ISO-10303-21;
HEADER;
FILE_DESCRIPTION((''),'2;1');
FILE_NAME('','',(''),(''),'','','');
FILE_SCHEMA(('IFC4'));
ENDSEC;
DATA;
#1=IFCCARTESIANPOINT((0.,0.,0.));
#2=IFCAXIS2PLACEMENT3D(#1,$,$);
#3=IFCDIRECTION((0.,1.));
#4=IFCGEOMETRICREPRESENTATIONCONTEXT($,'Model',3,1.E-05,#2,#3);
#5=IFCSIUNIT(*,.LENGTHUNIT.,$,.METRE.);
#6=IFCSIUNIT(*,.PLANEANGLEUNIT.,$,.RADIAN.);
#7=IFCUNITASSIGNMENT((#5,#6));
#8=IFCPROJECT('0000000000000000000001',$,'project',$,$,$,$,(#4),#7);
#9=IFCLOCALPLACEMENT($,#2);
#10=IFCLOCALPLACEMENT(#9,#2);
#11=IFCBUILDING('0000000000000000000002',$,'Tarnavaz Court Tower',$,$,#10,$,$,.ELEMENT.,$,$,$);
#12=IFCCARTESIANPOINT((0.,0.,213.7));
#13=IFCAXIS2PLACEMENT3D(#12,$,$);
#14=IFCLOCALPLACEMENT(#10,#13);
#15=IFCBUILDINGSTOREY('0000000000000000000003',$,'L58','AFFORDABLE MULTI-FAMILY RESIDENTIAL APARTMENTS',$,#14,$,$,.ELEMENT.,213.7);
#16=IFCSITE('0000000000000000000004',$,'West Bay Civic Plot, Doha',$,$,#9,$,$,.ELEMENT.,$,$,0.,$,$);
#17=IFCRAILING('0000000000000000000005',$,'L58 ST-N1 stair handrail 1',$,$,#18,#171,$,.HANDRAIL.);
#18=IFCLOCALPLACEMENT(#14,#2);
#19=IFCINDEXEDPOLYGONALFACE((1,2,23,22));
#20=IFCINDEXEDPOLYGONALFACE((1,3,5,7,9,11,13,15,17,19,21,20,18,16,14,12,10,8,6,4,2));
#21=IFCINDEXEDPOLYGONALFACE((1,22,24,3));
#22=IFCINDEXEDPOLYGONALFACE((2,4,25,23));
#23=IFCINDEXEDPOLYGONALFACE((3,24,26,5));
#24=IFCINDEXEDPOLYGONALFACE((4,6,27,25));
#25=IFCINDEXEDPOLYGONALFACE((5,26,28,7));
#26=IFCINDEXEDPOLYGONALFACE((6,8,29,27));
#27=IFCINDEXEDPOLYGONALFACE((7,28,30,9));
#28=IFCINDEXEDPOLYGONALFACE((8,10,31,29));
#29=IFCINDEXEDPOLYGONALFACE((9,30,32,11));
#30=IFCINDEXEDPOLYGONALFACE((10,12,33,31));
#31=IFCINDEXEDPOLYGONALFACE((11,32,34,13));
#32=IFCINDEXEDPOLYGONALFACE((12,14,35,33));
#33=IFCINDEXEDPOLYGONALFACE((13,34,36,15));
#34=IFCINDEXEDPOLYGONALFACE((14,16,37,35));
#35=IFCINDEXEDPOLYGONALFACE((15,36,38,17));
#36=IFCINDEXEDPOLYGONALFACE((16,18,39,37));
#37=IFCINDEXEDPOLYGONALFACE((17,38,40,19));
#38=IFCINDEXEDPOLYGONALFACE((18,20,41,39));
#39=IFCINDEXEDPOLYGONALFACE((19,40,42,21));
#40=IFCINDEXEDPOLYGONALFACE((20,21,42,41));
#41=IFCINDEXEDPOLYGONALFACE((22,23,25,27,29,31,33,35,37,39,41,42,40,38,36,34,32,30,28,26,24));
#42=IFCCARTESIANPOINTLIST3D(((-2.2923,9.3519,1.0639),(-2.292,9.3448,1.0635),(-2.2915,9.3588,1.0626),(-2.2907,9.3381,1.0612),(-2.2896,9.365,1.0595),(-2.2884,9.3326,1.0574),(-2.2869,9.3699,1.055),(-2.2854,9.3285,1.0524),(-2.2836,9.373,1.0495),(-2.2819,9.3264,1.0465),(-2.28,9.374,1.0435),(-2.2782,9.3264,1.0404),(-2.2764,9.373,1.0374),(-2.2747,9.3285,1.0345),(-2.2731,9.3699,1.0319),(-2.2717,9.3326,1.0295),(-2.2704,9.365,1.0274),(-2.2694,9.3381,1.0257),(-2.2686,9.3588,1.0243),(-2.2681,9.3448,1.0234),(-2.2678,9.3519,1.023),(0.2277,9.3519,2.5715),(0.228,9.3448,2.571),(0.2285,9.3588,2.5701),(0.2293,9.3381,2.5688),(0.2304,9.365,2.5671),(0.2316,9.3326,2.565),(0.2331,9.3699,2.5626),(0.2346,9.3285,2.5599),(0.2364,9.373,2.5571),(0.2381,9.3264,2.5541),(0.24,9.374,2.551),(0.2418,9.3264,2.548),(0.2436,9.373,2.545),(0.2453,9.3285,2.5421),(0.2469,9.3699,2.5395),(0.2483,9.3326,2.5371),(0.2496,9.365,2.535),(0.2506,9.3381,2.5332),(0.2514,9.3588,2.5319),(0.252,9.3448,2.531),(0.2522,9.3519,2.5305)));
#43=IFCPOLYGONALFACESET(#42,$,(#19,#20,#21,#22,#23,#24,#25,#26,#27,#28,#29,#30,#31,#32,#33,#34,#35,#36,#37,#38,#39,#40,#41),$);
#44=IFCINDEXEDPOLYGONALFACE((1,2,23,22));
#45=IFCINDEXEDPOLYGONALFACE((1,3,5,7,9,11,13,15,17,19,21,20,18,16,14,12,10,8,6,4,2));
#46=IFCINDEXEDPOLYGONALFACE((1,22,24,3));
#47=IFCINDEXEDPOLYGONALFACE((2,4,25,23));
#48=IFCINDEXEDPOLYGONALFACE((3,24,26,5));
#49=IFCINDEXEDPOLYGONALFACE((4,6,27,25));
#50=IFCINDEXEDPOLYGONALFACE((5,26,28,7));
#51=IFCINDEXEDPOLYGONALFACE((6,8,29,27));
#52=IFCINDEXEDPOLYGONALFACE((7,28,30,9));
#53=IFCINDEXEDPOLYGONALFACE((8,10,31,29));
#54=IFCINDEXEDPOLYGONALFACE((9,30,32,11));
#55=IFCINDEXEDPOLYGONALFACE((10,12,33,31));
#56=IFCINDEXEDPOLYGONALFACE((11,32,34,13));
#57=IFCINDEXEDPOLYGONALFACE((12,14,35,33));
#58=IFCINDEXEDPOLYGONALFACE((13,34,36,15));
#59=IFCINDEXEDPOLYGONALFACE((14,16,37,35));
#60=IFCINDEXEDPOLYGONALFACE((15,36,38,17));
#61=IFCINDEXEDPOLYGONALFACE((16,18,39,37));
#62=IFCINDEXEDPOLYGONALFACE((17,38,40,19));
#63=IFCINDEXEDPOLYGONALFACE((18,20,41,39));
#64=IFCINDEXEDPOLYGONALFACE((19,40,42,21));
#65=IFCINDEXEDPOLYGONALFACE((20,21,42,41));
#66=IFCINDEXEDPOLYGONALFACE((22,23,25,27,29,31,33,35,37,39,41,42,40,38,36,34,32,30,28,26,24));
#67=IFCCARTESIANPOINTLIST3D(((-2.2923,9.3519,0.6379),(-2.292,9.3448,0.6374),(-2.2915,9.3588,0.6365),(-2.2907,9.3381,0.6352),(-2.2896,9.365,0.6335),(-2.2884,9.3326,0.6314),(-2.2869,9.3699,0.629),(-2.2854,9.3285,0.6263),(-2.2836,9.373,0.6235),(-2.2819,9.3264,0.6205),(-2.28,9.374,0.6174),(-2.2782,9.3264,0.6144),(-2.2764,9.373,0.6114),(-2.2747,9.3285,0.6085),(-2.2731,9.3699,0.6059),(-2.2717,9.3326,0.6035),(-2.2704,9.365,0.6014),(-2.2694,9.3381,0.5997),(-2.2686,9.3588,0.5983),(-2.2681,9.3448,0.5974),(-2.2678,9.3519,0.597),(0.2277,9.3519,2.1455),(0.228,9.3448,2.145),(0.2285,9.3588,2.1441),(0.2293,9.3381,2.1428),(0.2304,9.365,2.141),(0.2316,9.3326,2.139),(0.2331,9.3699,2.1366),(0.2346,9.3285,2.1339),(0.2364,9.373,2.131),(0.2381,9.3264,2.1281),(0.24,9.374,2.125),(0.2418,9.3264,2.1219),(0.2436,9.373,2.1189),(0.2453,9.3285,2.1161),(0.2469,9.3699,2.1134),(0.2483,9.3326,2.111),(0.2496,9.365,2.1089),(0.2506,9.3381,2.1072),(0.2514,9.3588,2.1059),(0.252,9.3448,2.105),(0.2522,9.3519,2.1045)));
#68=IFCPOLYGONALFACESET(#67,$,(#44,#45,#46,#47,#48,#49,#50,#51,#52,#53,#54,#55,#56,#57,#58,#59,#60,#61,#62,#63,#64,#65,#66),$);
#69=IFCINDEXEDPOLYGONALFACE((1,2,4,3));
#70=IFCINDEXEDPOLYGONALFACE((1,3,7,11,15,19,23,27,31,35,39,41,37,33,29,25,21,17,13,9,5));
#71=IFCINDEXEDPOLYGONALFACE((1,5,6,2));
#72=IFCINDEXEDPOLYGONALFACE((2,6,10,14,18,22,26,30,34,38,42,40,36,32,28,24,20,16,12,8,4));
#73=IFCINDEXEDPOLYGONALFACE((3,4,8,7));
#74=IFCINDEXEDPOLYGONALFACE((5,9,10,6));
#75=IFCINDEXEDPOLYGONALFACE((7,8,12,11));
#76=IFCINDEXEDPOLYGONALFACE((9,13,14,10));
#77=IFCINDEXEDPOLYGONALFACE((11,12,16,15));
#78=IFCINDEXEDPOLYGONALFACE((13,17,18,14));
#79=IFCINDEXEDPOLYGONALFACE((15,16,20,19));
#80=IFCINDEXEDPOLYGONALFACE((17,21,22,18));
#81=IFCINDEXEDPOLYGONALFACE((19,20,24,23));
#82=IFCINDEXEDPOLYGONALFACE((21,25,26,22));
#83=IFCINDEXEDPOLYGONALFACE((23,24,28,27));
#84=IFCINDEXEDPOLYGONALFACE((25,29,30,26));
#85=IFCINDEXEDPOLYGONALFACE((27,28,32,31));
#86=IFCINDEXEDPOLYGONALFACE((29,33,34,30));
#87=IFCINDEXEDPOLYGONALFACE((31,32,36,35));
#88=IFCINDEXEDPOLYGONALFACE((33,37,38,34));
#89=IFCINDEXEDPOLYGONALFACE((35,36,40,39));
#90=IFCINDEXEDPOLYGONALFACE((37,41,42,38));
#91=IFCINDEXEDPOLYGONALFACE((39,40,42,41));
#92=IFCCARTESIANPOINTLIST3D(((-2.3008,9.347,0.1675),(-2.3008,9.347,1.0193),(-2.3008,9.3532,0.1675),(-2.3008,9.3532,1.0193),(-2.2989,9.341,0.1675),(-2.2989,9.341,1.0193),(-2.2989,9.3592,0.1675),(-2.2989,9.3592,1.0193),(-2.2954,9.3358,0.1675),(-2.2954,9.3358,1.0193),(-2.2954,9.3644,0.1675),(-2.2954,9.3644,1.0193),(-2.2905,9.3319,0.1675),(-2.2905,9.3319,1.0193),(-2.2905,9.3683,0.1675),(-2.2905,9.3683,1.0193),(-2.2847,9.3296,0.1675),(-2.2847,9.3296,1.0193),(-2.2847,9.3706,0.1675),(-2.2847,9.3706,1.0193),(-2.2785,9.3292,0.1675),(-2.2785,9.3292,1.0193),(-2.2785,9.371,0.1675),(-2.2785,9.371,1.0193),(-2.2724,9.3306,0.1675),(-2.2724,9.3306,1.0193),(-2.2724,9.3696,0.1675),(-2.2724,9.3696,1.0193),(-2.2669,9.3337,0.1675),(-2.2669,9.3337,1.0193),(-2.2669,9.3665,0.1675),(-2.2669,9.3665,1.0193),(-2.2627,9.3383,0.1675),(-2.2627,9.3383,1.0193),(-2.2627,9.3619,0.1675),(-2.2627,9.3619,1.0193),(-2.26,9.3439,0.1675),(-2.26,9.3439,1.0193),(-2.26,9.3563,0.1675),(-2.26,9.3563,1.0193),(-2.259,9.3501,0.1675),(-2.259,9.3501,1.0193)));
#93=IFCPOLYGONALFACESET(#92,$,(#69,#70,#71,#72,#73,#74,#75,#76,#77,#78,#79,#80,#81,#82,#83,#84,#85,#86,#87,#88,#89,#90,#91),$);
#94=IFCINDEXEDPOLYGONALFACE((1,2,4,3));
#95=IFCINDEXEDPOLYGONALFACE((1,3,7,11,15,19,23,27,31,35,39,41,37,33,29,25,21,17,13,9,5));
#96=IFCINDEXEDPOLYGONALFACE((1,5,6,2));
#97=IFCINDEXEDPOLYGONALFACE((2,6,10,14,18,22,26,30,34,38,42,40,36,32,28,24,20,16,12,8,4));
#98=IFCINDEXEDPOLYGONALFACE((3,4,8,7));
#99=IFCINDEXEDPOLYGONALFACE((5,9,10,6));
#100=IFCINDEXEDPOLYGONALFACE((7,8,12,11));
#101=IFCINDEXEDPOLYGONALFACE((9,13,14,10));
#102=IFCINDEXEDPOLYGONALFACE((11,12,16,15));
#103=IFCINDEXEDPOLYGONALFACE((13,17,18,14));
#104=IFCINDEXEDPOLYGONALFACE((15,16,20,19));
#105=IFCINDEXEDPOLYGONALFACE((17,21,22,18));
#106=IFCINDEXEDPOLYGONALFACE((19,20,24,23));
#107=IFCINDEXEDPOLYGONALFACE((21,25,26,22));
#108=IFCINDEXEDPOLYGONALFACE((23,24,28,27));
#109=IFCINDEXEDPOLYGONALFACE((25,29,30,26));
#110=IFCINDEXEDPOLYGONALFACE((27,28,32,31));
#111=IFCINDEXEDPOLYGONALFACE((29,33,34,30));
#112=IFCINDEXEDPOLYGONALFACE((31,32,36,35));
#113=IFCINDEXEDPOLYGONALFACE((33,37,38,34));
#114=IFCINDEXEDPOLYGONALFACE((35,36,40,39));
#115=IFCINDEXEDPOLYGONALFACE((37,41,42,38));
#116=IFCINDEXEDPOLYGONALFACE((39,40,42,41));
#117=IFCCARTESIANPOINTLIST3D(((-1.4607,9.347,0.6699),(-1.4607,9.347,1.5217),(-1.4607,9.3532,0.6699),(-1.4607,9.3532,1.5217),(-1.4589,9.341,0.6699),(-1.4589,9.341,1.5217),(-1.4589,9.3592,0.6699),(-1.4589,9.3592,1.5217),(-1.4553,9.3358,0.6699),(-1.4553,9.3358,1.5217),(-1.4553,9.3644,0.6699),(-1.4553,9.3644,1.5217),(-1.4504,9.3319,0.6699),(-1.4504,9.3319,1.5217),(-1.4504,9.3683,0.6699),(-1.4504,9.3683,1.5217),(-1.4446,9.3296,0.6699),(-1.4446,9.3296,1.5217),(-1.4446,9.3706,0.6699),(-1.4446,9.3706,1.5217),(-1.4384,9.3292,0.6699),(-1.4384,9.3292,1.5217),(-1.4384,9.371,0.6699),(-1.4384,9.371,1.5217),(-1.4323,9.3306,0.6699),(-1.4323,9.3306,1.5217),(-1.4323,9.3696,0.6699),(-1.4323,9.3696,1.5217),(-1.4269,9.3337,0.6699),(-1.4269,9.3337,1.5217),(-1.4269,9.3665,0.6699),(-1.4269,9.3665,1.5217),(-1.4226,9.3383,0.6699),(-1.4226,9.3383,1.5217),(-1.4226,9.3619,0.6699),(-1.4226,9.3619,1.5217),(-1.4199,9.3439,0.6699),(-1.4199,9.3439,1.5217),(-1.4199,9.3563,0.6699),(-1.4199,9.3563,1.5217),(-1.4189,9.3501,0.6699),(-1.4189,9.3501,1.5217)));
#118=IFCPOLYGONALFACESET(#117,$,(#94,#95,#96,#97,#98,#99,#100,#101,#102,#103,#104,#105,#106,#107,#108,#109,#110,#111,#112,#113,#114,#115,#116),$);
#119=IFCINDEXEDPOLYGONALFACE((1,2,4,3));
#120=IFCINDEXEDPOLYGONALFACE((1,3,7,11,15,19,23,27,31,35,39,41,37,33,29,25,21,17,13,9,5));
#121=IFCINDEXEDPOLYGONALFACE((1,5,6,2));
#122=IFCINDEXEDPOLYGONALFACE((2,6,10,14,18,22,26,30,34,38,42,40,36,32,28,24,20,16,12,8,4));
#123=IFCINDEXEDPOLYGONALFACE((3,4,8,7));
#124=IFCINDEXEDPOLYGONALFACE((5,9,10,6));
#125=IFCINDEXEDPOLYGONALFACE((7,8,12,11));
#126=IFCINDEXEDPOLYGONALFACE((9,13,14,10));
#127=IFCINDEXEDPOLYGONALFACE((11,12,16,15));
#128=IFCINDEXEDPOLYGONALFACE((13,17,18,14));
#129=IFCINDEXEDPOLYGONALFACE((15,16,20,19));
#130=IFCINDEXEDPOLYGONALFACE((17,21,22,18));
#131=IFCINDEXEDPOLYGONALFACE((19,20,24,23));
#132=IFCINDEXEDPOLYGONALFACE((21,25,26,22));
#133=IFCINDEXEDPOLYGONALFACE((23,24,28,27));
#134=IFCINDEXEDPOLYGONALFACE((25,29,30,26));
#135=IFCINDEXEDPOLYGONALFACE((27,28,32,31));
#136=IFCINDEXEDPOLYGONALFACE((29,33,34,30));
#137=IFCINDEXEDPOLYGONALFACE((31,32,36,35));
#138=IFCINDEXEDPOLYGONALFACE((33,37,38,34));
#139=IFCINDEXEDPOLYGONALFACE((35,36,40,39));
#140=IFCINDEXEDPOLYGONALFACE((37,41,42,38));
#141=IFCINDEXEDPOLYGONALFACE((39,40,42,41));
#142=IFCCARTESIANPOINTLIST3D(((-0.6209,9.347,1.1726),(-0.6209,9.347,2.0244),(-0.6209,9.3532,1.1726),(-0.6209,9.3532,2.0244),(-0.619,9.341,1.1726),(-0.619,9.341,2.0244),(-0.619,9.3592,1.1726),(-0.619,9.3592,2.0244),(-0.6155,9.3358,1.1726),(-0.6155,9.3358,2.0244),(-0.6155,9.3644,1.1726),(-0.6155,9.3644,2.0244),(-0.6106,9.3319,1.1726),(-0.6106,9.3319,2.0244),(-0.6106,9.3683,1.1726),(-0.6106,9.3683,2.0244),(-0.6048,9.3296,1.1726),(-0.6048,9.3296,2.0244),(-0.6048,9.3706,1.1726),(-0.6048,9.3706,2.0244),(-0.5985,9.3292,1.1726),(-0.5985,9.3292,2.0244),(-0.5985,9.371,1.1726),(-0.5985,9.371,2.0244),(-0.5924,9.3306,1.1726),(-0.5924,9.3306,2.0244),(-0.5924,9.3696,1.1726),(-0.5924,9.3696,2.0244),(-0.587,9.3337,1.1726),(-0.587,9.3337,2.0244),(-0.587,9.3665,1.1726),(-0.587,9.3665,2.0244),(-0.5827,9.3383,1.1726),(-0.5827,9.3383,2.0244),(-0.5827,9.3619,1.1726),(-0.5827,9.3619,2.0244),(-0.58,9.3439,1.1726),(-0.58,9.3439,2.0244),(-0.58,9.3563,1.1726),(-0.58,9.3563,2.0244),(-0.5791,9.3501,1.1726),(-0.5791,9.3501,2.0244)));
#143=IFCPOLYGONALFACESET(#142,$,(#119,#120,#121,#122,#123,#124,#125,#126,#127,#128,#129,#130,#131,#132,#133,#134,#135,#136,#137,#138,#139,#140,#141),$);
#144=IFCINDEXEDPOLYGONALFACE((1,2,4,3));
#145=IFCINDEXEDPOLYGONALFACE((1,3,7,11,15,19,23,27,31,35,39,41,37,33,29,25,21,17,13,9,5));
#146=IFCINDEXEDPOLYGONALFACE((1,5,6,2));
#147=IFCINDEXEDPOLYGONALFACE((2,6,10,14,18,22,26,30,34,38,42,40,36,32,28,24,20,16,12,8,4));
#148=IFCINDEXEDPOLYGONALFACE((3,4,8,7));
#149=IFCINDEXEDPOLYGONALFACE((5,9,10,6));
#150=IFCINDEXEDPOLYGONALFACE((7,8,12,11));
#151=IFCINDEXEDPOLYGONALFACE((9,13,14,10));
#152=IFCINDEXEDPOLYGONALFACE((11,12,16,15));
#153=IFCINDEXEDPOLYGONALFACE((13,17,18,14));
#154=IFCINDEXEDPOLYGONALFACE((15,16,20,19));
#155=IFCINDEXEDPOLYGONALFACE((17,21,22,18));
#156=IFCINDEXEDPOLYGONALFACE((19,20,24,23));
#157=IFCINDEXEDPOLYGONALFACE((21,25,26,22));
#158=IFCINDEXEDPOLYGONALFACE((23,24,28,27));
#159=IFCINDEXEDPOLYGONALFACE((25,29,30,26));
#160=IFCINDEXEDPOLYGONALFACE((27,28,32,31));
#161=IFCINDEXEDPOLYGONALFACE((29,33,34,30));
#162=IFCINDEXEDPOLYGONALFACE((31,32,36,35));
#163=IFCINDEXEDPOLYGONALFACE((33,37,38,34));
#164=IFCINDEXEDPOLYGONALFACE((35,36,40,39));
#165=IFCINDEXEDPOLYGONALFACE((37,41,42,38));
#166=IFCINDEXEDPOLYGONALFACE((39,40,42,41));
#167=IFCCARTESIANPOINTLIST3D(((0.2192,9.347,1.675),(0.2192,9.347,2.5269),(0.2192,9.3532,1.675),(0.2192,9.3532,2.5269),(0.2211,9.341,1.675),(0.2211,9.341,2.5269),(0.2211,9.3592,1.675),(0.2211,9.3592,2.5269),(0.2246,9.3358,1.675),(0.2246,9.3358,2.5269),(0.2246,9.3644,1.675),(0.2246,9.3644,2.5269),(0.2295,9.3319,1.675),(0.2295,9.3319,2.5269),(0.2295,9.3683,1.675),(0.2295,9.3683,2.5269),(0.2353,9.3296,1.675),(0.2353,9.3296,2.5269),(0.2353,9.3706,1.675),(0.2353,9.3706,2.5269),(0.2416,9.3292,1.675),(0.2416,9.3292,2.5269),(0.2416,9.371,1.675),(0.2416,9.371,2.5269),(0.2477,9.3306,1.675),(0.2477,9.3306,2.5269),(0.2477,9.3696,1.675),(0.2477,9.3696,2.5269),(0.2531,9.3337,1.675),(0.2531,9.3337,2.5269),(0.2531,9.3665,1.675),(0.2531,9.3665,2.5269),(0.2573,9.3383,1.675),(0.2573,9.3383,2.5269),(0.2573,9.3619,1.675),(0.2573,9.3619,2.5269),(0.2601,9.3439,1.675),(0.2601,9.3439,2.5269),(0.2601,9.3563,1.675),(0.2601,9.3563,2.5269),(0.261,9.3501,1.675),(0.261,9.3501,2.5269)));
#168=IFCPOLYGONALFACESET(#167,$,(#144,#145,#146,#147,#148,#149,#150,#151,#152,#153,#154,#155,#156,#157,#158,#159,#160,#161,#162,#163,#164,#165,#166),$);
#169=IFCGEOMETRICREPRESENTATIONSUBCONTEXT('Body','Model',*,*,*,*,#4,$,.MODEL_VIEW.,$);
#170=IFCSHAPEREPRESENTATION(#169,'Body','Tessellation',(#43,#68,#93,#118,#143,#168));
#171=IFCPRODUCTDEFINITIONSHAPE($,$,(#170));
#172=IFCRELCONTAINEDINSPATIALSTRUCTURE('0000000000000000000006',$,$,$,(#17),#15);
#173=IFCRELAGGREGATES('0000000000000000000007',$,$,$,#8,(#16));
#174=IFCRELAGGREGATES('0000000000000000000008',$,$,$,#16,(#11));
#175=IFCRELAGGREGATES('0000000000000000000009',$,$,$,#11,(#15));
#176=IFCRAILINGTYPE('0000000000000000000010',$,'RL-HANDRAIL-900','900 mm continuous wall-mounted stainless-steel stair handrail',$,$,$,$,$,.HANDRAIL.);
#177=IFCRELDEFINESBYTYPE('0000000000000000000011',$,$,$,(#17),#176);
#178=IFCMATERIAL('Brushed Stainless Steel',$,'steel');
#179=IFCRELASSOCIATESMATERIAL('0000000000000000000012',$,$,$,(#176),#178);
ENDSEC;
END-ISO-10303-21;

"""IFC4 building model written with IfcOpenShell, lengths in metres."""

from ifc_helpers import new_model, si_unit, direction, frame, origin, origin_2d, place, context, subcontext, project, spatial, circle, extrude, material, type_object, element, save


model = new_model("IFC4")

# Units and contexts
model_context = context("Model", 3, precision=1e-05, world=origin(), true_north=direction((0.0, 1.0)))
body_context = subcontext(model_context, "Body", "Model", "MODEL_VIEW")
ifc_project = project(units=[si_unit("LENGTHUNIT", "METRE"), si_unit("PLANEANGLEUNIT", "RADIAN")], contexts=[model_context])

# Site, building, storey
site_placement = place(None, origin())
site = spatial("IfcSite", under=ifc_project, at=site_placement, Name="West Bay Civic Plot, Doha", CompositionType="ELEMENT", RefElevation=0.0)
building_placement = place(site_placement, origin())
building = spatial("IfcBuilding", under=site, at=building_placement, Name="Tarnavaz Court Tower", CompositionType="ELEMENT")
storey_placement = place(building_placement, frame((0.0, 0.0, 213.7)))
storey = spatial("IfcBuildingStorey", under=building, at=storey_placement, Name="L58", Description="AFFORDABLE MULTI-FAMILY RESIDENTIAL APARTMENTS", CompositionType="ELEMENT", Elevation=213.7)

# Railing
ifc_material_1 = material(Name="Brushed Stainless Steel", Category="steel")
railing_type_1 = type_object("IfcRailingType", Name="RL-HANDRAIL-900", Description="900 mm continuous wall-mounted stainless-steel stair handrail", PredefinedType="HANDRAIL", material=ifc_material_1)
railing_1_placement = place(storey_placement, frame((-2.28, 9.3501, 0.1675)))
element("IfcRailing", 1, at=railing_1_placement, inside=storey, type_object=railing_type_1, Name="L58 ST-N1 stair handrail 1", PredefinedType="HANDRAIL", context=body_context, shape_type="SweptSolid", body=[
    extrude(circle(Radius=0.0239, at=origin_2d()), frame((0.0, 0.0, 0.876), z_axis=(0.85816, 0.0, 0.513383), x_axis=(0.0, 1.0, 0.0)), (0.0, 0.0, 1.0), 2.9365),
    extrude(circle(Radius=0.0239, at=origin_2d()), frame((0.0, 0.0, 0.45), z_axis=(0.85816, 0.0, 0.513383), x_axis=(0.0, 1.0, 0.0)), (0.0, 0.0, 1.0), 2.9365),
    extrude(circle(Radius=0.021, at=origin_2d()), origin(), (0.0, 0.0, 1.0), 0.8518),
    extrude(circle(Radius=0.021, at=origin_2d()), frame((0.8401, 0.0, 0.5024)), (0.0, 0.0, 1.0), 0.8518),
    extrude(circle(Radius=0.021, at=origin_2d()), frame((1.6799, 0.0, 1.0051)), (0.0, 0.0, 1.0), 0.8518),
    extrude(circle(Radius=0.021, at=origin_2d()), frame((2.52, 0.0, 1.5076)), (0.0, 0.0, 1.0), 0.8518),
])

save(model, "model.ifc")
